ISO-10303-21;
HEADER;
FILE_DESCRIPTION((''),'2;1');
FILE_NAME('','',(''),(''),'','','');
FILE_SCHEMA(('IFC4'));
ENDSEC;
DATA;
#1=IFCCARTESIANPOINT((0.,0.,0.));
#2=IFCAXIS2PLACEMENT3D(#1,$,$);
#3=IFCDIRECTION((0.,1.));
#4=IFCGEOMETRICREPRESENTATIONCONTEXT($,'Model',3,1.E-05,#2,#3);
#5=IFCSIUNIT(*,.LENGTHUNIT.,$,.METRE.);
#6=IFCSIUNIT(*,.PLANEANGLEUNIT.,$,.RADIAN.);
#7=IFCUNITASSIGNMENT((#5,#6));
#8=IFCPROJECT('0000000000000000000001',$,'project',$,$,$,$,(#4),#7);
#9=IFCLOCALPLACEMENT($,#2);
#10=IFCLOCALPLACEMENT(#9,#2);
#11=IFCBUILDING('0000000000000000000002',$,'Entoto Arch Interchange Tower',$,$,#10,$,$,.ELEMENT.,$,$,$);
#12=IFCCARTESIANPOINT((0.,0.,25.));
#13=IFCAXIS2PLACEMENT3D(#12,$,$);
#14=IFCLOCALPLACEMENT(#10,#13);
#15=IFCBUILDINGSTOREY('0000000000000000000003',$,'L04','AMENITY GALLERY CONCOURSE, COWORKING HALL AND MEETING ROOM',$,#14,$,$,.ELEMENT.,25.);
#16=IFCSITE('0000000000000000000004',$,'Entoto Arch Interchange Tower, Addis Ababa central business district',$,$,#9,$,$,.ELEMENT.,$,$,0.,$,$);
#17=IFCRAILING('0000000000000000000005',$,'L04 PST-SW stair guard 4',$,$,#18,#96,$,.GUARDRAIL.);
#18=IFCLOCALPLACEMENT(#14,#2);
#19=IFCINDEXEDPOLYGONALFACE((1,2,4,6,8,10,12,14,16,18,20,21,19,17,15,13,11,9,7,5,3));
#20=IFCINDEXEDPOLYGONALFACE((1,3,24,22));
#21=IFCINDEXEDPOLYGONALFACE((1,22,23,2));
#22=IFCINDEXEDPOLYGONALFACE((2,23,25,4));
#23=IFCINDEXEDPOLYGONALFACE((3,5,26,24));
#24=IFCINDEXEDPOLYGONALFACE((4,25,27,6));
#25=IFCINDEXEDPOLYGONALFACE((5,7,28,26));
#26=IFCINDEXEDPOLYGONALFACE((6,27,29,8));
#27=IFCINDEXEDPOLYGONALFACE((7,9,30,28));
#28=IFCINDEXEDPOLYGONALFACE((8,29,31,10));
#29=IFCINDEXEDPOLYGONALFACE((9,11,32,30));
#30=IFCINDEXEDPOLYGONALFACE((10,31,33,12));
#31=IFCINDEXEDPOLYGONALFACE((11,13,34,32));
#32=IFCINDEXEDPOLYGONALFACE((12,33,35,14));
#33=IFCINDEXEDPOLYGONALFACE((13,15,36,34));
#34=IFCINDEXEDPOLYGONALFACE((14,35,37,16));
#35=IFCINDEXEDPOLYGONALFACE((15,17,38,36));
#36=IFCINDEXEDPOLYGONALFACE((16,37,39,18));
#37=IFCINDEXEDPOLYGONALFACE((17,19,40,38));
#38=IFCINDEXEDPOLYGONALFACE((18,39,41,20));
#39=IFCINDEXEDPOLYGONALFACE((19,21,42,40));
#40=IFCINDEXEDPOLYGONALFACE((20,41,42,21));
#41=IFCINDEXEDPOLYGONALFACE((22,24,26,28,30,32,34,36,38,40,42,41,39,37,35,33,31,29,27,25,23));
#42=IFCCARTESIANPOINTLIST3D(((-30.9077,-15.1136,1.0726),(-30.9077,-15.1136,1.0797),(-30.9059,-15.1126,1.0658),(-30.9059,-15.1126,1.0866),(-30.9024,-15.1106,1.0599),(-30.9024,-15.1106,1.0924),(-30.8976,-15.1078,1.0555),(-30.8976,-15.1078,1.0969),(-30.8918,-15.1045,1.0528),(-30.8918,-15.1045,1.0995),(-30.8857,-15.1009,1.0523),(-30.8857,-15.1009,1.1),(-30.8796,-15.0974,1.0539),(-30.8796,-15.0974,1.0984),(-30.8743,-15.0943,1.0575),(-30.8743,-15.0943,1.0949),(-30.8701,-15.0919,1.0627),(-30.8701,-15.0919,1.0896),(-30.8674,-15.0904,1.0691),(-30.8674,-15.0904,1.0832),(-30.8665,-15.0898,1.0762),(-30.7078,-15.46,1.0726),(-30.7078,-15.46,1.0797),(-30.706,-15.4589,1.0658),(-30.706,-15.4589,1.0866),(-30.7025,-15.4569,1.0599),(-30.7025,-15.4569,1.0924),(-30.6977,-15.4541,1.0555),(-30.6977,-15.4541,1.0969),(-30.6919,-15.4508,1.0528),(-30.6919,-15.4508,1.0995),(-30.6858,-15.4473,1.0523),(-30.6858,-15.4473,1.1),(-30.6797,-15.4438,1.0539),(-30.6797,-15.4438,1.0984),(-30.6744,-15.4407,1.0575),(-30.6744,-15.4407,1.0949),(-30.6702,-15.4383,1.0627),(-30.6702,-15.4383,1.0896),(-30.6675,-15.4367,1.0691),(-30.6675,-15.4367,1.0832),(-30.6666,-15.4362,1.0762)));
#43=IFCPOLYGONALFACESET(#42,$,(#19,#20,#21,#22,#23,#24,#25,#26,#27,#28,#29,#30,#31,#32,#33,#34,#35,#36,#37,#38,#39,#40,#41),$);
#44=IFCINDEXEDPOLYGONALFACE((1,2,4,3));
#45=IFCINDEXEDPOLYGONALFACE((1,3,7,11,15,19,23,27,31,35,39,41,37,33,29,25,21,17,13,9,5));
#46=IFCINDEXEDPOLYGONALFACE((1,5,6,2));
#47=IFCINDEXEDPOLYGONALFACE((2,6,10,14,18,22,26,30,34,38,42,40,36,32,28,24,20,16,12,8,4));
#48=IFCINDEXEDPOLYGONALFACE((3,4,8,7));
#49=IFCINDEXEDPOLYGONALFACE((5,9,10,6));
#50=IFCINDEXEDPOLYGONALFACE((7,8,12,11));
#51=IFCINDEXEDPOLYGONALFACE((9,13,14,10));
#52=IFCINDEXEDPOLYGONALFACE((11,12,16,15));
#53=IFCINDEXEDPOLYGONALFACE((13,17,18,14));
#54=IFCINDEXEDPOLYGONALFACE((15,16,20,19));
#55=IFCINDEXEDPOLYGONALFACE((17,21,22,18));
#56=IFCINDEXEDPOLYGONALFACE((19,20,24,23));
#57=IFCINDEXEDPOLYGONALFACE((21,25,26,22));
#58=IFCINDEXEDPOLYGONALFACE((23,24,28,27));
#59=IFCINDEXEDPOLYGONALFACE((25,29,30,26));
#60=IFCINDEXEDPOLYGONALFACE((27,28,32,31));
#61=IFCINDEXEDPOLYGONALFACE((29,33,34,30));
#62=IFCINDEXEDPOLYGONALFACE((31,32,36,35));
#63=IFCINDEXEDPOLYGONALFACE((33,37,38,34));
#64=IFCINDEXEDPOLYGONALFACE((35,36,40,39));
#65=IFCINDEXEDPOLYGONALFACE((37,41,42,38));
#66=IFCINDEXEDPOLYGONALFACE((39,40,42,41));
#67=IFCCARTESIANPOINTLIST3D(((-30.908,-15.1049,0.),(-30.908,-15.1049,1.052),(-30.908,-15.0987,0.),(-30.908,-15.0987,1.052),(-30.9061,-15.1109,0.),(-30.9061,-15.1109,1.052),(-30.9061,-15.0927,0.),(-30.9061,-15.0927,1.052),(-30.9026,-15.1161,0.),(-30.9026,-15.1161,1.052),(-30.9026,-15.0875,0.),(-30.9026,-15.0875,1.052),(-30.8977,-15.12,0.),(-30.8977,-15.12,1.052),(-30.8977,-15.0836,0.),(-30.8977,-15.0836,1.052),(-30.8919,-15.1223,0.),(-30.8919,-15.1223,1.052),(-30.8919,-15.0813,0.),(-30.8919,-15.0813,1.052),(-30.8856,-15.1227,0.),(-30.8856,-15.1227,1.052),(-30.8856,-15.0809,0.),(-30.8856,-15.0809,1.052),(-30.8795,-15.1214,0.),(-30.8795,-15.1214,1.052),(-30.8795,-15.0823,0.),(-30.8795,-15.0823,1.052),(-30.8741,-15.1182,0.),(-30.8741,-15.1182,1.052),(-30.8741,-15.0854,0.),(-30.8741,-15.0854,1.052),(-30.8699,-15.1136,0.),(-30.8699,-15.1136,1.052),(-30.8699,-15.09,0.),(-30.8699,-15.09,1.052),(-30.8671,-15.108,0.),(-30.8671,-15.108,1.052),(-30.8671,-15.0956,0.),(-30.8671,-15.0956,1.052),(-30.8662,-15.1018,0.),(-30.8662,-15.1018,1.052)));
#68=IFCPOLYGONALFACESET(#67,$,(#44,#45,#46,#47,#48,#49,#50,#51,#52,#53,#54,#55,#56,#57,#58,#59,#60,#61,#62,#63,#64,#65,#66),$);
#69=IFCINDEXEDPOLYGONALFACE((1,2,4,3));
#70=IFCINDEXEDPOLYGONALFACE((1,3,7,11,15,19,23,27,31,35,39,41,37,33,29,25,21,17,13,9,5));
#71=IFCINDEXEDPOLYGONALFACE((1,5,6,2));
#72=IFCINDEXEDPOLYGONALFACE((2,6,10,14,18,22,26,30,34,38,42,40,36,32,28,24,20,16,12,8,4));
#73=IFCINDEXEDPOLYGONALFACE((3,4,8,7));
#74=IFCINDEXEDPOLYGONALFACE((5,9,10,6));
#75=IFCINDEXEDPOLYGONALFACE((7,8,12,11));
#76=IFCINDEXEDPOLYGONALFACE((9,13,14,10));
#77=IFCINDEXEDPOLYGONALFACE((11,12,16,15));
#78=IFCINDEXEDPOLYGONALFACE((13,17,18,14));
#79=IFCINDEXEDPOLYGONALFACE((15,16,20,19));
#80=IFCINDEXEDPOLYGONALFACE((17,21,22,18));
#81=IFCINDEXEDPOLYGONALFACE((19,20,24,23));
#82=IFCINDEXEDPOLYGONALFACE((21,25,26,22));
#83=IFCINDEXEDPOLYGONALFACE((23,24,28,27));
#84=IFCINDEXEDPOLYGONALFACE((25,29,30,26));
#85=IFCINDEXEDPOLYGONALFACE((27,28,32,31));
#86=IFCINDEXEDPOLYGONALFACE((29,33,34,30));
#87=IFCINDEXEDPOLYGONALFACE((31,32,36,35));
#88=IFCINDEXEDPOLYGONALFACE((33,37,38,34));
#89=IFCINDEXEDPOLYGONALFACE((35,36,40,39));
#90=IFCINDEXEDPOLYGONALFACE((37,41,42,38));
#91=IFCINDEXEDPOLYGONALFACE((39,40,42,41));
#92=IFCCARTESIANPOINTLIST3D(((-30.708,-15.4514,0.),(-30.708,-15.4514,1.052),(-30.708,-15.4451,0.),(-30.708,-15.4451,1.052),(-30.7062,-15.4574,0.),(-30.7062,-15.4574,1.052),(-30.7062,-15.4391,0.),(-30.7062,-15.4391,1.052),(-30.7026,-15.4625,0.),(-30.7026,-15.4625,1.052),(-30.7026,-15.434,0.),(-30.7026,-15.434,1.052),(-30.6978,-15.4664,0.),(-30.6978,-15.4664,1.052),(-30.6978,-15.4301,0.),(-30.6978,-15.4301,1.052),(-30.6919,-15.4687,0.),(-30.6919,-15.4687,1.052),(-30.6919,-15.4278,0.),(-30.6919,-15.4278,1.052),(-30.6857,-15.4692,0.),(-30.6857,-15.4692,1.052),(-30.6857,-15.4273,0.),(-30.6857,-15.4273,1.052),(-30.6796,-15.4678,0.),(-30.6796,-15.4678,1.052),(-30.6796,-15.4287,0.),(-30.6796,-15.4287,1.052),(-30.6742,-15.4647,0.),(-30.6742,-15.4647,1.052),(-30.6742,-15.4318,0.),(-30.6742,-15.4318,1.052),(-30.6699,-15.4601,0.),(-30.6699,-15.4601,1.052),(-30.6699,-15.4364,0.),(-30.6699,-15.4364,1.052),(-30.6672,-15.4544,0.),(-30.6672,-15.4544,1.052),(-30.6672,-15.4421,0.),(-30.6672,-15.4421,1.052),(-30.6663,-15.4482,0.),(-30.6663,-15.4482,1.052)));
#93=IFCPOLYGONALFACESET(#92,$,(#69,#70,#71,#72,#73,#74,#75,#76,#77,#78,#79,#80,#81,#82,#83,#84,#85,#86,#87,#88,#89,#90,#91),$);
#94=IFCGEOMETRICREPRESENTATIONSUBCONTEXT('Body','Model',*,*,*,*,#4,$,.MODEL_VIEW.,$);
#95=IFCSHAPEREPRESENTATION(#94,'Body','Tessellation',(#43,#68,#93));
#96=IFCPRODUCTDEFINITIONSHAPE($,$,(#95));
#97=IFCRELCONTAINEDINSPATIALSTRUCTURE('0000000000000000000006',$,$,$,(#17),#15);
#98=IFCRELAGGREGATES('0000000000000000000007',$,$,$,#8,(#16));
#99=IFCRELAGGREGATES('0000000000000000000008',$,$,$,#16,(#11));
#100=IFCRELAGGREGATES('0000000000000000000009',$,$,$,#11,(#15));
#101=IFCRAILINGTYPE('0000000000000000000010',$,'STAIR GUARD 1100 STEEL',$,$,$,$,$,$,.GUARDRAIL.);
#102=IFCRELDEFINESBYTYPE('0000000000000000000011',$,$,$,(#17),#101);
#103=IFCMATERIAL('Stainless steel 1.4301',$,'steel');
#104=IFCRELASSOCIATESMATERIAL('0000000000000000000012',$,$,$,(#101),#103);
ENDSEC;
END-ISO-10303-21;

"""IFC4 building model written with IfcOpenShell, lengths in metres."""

from ifc_helpers import new_model, si_unit, direction, frame, origin, origin_2d, place, context, subcontext, project, spatial, circle, extrude, material, type_object, element, save


model = new_model("IFC4")

# Units and contexts
model_context = context("Model", 3, precision=1e-05, world=origin(), true_north=direction((0.0, 1.0)))
body_context = subcontext(model_context, "Body", "Model", "MODEL_VIEW")
ifc_project = project(units=[si_unit("LENGTHUNIT", "METRE"), si_unit("PLANEANGLEUNIT", "RADIAN")], contexts=[model_context])

# Site, building, storey
site_placement = place(None, origin())
site = spatial("IfcSite", under=ifc_project, at=site_placement, Name="Entoto Arch Interchange Tower, Addis Ababa central business district", CompositionType="ELEMENT", RefElevation=0.0)
building_placement = place(site_placement, origin())
building = spatial("IfcBuilding", under=site, at=building_placement, Name="Entoto Arch Interchange Tower", CompositionType="ELEMENT")
storey_placement = place(building_placement, frame((0.0, 0.0, 25.0)))
storey = spatial("IfcBuildingStorey", under=building, at=storey_placement, Name="L04", Description="AMENITY GALLERY CONCOURSE, COWORKING HALL AND MEETING ROOM", CompositionType="ELEMENT", Elevation=25.0)

# Railing
ifc_material_1 = material(Name="Stainless steel 1.4301", Category="steel")
railing_type_1 = type_object("IfcRailingType", Name="STAIR GUARD 1100 STEEL", PredefinedType="GUARDRAIL", material=ifc_material_1)
railing_1_placement = place(storey_placement, frame((-30.8872, -15.1018, 0.0)))
element("IfcRailing", 1, at=railing_1_placement, inside=storey, type_object=railing_type_1, Name="L04 PST-SW stair guard 4", PredefinedType="GUARDRAIL", context=body_context, shape_type="SweptSolid", body=[
    extrude(circle(Radius=0.0239, at=origin_2d()), frame((0.0, 0.0, 1.0762), z_axis=(0.499881, -0.866094, 0.0), x_axis=(0.866094, 0.499881, 0.0)), (0.0, 0.0, 1.0), 0.3999),
    extrude(circle(Radius=0.021, at=origin_2d()), origin(), (0.0, 0.0, 1.0), 1.052),
    extrude(circle(Radius=0.021, at=origin_2d()), frame((0.2, -0.3464, 0.0)), (0.0, 0.0, 1.0), 1.052),
])

save(model, "model.ifc")
